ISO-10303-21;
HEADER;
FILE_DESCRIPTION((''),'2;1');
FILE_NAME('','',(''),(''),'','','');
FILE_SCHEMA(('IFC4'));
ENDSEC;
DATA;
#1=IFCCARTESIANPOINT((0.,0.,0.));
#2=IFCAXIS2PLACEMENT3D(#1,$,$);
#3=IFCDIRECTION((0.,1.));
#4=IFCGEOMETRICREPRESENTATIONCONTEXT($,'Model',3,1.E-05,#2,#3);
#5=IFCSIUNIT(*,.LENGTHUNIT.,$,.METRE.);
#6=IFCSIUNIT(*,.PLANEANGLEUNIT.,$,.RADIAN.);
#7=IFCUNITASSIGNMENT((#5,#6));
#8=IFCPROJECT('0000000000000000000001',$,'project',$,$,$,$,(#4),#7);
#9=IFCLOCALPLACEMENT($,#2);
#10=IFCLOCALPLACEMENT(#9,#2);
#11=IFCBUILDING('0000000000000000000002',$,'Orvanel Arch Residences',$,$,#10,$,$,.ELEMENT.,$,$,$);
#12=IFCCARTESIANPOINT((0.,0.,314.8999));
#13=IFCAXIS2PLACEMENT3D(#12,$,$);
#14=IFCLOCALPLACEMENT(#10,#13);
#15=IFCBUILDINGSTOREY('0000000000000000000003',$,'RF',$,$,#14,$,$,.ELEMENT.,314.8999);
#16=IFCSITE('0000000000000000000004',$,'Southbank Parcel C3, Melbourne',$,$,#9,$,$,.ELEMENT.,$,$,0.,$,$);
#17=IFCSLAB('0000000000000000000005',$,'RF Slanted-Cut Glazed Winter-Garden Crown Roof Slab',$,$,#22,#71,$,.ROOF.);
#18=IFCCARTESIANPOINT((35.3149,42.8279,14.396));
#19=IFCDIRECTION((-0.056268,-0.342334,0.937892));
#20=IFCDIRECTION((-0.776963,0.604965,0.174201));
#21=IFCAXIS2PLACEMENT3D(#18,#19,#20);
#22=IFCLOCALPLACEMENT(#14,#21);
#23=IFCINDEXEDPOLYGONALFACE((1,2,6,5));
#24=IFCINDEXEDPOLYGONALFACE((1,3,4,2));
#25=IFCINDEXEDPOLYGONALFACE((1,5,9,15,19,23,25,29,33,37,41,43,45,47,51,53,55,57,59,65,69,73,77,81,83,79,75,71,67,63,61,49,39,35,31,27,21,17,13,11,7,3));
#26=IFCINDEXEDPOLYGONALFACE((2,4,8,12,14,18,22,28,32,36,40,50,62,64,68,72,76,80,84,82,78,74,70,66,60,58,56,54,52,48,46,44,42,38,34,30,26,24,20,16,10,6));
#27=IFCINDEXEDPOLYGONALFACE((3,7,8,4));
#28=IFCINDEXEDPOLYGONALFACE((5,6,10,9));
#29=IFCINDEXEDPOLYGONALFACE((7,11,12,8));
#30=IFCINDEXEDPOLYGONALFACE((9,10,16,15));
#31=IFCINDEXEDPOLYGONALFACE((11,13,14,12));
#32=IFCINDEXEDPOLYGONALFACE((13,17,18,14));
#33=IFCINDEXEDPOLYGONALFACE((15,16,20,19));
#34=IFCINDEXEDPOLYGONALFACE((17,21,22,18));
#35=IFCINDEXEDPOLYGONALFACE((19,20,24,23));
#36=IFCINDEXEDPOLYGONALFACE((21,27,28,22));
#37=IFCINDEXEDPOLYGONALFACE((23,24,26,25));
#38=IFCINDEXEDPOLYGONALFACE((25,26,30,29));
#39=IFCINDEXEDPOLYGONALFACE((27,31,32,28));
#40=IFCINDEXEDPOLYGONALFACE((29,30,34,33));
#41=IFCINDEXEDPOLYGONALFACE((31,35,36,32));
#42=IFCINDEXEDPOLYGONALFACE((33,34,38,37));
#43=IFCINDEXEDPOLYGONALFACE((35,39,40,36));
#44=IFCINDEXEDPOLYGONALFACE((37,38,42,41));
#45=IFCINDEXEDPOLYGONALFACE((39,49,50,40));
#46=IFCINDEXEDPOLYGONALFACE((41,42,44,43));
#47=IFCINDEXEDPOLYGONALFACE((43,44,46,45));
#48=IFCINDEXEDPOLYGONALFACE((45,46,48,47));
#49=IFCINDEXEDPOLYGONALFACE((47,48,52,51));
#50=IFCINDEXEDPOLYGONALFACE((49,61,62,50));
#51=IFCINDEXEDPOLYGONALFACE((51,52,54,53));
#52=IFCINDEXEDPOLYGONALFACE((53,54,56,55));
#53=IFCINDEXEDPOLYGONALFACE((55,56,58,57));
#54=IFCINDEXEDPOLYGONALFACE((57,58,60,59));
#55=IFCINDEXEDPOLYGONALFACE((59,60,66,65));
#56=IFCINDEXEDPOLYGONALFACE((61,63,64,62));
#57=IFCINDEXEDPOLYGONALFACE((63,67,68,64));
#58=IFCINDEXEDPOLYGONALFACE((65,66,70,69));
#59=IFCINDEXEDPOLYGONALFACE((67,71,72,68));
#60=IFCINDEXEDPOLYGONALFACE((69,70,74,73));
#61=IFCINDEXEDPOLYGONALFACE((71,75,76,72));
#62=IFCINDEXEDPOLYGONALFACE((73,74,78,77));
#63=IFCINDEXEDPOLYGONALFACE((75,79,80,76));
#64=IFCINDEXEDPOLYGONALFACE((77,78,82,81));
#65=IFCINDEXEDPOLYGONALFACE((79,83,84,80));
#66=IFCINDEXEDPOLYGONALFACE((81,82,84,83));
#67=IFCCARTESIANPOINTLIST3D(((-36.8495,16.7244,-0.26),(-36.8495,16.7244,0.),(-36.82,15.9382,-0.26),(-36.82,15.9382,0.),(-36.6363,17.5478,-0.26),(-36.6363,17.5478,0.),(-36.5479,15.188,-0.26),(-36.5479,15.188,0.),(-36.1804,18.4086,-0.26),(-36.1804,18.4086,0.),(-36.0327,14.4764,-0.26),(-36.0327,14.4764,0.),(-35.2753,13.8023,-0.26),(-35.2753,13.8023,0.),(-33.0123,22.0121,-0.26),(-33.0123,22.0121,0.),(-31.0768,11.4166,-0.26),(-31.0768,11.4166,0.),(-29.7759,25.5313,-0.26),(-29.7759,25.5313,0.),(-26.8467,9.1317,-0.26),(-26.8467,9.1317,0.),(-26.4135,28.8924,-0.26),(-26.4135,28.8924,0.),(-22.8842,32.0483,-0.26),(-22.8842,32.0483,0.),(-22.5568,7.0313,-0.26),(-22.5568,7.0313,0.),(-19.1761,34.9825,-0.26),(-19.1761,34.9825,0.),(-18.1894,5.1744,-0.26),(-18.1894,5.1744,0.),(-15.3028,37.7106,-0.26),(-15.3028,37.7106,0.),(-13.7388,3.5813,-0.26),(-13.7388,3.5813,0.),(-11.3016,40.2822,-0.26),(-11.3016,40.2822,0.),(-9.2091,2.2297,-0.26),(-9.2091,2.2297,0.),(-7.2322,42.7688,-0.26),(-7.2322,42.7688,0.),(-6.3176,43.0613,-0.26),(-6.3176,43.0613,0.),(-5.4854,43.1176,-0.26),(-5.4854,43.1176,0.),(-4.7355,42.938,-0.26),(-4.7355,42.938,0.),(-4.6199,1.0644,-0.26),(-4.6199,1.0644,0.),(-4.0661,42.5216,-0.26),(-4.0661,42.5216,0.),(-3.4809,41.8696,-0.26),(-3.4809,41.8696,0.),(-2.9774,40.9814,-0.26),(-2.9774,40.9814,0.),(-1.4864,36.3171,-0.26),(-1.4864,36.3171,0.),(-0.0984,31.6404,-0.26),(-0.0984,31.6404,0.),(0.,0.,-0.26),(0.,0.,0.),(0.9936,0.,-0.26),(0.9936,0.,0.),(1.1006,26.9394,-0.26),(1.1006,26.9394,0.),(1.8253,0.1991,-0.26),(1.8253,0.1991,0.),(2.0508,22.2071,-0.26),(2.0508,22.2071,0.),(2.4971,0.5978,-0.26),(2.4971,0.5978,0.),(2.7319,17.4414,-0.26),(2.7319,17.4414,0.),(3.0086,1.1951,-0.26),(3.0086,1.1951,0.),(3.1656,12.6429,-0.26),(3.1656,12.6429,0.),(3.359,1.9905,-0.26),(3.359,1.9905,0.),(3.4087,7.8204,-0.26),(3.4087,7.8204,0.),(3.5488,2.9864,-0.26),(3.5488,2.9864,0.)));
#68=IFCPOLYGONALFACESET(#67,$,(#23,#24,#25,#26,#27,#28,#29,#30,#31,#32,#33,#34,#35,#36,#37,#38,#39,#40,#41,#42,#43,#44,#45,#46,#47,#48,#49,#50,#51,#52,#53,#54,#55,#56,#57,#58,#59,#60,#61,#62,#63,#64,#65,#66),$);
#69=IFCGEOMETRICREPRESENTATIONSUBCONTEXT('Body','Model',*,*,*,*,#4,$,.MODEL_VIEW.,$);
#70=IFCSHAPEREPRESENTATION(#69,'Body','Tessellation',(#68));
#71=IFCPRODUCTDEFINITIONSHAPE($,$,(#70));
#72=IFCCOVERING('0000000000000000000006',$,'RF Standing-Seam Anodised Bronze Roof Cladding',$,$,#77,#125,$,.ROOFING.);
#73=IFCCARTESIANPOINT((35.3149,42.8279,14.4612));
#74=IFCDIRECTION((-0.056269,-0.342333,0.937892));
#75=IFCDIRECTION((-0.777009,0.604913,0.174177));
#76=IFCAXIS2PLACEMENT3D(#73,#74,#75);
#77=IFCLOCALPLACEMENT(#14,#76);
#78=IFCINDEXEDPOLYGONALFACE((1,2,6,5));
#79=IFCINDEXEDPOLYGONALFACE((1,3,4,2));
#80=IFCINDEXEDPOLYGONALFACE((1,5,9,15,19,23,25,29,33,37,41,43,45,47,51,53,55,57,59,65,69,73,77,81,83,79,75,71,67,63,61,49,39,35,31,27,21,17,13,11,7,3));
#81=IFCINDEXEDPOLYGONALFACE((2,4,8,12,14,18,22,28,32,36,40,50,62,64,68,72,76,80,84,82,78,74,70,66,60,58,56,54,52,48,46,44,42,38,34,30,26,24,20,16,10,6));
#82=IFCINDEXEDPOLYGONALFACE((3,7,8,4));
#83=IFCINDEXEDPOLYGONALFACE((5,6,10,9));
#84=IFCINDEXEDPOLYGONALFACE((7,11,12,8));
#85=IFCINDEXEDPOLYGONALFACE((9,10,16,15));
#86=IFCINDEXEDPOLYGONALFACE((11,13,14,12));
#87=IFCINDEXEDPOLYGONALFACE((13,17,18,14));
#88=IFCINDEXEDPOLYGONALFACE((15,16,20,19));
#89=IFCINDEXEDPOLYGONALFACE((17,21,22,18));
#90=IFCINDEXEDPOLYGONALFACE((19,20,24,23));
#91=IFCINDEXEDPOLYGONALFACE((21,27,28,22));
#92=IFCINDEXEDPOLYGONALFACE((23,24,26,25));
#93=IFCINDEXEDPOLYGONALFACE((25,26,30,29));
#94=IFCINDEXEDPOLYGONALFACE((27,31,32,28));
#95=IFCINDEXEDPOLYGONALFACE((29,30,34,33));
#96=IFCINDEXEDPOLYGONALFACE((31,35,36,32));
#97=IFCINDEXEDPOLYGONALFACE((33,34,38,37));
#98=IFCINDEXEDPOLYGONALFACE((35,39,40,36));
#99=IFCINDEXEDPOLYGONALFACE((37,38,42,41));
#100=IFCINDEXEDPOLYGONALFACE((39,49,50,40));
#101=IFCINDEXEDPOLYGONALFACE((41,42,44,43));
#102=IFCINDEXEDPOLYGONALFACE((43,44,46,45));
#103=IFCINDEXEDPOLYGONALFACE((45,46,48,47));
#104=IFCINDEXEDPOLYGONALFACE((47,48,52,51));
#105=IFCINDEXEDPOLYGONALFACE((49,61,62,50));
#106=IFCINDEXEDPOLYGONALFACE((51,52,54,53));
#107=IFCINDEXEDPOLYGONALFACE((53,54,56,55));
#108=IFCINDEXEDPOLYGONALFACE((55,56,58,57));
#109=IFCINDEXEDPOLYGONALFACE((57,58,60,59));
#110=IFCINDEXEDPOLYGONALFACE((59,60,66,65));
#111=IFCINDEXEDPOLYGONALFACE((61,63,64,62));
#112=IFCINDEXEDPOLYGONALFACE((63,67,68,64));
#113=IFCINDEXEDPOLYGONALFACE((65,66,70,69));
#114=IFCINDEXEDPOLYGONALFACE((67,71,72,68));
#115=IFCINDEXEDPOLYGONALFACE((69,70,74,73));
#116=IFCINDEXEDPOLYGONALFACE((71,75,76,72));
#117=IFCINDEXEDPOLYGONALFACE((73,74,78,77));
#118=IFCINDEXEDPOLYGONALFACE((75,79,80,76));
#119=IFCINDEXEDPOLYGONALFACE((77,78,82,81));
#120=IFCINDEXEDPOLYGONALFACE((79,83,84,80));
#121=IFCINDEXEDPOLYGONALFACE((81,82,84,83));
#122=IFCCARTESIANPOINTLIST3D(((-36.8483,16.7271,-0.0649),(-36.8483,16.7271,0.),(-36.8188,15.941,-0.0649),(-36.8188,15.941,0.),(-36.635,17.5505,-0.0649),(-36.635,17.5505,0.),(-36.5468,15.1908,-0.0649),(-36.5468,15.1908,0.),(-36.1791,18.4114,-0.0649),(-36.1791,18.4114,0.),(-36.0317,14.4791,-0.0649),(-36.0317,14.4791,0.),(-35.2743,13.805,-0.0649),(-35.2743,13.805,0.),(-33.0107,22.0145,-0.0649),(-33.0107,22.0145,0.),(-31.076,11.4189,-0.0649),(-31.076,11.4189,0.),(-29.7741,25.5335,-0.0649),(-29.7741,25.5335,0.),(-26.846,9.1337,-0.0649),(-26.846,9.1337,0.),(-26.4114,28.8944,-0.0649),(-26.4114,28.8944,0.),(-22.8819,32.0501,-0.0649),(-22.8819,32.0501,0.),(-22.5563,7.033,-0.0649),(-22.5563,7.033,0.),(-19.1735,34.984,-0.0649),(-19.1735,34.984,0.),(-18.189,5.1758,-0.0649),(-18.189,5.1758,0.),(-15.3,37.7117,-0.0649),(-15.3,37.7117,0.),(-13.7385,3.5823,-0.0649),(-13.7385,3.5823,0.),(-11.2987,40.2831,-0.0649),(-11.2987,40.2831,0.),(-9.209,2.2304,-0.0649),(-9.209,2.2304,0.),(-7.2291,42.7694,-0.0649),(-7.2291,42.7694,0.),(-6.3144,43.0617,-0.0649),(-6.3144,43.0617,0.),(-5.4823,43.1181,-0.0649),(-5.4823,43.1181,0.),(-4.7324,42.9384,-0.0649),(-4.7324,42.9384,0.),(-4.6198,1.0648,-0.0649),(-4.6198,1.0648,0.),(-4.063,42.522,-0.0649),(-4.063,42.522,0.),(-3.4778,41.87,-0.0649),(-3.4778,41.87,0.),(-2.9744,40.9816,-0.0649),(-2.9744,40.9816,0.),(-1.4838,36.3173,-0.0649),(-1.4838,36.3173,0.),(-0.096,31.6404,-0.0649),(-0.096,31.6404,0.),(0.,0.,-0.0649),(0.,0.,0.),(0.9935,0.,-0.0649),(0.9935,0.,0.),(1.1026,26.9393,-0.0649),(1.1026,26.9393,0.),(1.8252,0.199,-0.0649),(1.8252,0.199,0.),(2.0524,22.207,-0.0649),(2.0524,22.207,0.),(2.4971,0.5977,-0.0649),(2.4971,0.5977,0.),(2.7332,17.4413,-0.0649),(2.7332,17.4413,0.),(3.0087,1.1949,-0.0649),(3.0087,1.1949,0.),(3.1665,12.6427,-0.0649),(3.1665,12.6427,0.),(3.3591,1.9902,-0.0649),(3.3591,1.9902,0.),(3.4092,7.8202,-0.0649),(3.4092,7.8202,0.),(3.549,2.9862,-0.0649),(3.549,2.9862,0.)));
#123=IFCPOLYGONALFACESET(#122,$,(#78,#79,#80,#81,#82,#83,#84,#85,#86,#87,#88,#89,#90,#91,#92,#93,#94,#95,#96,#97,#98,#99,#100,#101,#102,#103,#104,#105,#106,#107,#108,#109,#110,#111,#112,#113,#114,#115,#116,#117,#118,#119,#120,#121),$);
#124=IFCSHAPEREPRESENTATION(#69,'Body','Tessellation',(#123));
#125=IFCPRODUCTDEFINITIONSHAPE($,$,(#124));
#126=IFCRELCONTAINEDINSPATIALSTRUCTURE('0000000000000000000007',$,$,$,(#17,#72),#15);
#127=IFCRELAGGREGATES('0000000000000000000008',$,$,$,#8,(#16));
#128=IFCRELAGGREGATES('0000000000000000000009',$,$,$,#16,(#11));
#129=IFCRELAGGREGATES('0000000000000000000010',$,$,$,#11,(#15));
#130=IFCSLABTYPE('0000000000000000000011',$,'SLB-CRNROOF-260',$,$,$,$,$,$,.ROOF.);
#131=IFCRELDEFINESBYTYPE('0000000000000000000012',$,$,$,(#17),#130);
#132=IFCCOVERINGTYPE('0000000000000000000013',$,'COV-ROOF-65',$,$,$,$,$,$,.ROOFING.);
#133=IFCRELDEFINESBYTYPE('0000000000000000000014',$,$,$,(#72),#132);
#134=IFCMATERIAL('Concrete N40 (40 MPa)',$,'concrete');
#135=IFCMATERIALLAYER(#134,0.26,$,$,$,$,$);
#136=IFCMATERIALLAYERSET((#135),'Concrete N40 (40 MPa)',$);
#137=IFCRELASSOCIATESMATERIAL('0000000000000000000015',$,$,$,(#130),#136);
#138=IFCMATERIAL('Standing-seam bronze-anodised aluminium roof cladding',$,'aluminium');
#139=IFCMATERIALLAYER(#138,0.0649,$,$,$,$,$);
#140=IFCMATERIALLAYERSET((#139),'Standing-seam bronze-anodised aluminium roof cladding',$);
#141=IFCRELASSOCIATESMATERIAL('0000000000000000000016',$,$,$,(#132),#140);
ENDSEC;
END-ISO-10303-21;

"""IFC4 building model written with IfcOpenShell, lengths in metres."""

from ifc_helpers import new_model, si_unit, direction, frame, origin, place, context, subcontext, project, spatial, polyline, outline, extrude, material, layer, layer_set, type_object, element, save


model = new_model("IFC4")

# Units and contexts
model_context = context("Model", 3, precision=1e-05, world=origin(), true_north=direction((0.0, 1.0)))
body_context = subcontext(model_context, "Body", "Model", "MODEL_VIEW")
ifc_project = project(units=[si_unit("LENGTHUNIT", "METRE"), si_unit("PLANEANGLEUNIT", "RADIAN")], contexts=[model_context])

# Site, building, storey
site_placement = place(None, origin())
site = spatial("IfcSite", under=ifc_project, at=site_placement, Name="Southbank Parcel C3, Melbourne", CompositionType="ELEMENT", RefElevation=0.0)
building_placement = place(site_placement, origin())
building = spatial("IfcBuilding", under=site, at=building_placement, Name="Orvanel Arch Residences", CompositionType="ELEMENT")
storey_placement = place(building_placement, frame((0.0, 0.0, 314.8999)))
storey = spatial("IfcBuildingStorey", under=building, at=storey_placement, Name="RF", CompositionType="ELEMENT", Elevation=314.8999)

# Slab
ifc_material_1 = material(Name="Concrete N40 (40 MPa)", Category="concrete")
ifc_layer_1 = layer(ifc_material_1, 0.26)
ifc_layer_set_1 = layer_set([ifc_layer_1], Name="Concrete N40 (40 MPa)")
slab_type = type_object("IfcSlabType", Name="SLB-CRNROOF-260", PredefinedType="ROOF", material=ifc_layer_set_1)
slab_placement = place(storey_placement, frame((35.3149, 42.8279, 14.396), z_axis=(-0.056268, -0.342334, 0.937892), x_axis=(-0.776963, 0.604965, 0.174201)))
element("IfcSlab", 1, at=slab_placement, inside=storey, type_object=slab_type, Name="RF Slanted-Cut Glazed Winter-Garden Crown Roof Slab", PredefinedType="ROOF", context=body_context, shape_type="SweptSolid", body=[
    extrude(outline(polyline([(0.0, 0.0), (0.9936, 0.0), (1.8253, 0.1991), (2.4971, 0.5978), (3.0086, 1.1951), (3.359, 1.9905), (3.5488, 2.9864), (3.4087, 7.8204), (3.1656, 12.6429), (2.7319, 17.4414), (2.0508, 22.2071), (1.1006, 26.9394), (-0.0984, 31.6404), (-1.4864, 36.3171), (-2.9774, 40.9814), (-3.4809, 41.8696), (-4.0661, 42.5216), (-4.7355, 42.938), (-5.4854, 43.1176), (-6.3176, 43.0613), (-7.2322, 42.7688), (-11.3016, 40.2822), (-15.3028, 37.7106), (-19.1761, 34.9825), (-22.8842, 32.0483), (-26.4135, 28.8924), (-29.7759, 25.5313), (-33.0123, 22.0121), (-36.1804, 18.4086), (-36.6363, 17.5478), (-36.8495, 16.7244), (-36.82, 15.9382), (-36.5479, 15.188), (-36.0327, 14.4764), (-35.2753, 13.8023), (-31.0768, 11.4166), (-26.8467, 9.1317), (-22.5568, 7.0313), (-18.1894, 5.1744), (-13.7388, 3.5813), (-9.2091, 2.2297), (-4.6199, 1.0644), (0.0, 0.0)])), origin(), (0.0, 0.0, -1.0), 0.26),
])

# Covering
ifc_material_2 = material(Name="Standing-seam bronze-anodised aluminium roof cladding", Category="aluminium")
ifc_layer_2 = layer(ifc_material_2, 0.0649)
ifc_layer_set_2 = layer_set([ifc_layer_2], Name="Standing-seam bronze-anodised aluminium roof cladding")
covering_type = type_object("IfcCoveringType", Name="COV-ROOF-65", PredefinedType="ROOFING", material=ifc_layer_set_2)
covering_placement = place(storey_placement, frame((35.3149, 42.8279, 14.4612), z_axis=(-0.056269, -0.342333, 0.937892), x_axis=(-0.777009, 0.604913, 0.174177)))
element("IfcCovering", 2, at=covering_placement, inside=storey, type_object=covering_type, Name="RF Standing-Seam Anodised Bronze Roof Cladding", PredefinedType="ROOFING", context=body_context, shape_type="SweptSolid", body=[
    extrude(outline(polyline([(0.0, 0.0), (0.9935, 0.0), (1.8252, 0.199), (2.4971, 0.5977), (3.0087, 1.1949), (3.3591, 1.9902), (3.549, 2.9862), (3.4092, 7.8202), (3.1665, 12.6427), (2.7332, 17.4413), (2.0524, 22.207), (1.1026, 26.9393), (-0.096, 31.6404), (-1.4838, 36.3173), (-2.9744, 40.9816), (-3.4778, 41.87), (-4.063, 42.522), (-4.7324, 42.9384), (-5.4823, 43.1181), (-6.3144, 43.0617), (-7.2291, 42.7694), (-11.2987, 40.2831), (-15.3, 37.7117), (-19.1735, 34.984), (-22.8819, 32.0501), (-26.4114, 28.8944), (-29.7741, 25.5335), (-33.0107, 22.0145), (-36.1791, 18.4114), (-36.635, 17.5505), (-36.8483, 16.7271), (-36.8188, 15.941), (-36.5468, 15.1908), (-36.0317, 14.4791), (-35.2743, 13.805), (-31.076, 11.4189), (-26.846, 9.1337), (-22.5563, 7.033), (-18.189, 5.1758), (-13.7385, 3.5823), (-9.209, 2.2304), (-4.6198, 1.0648), (0.0, 0.0)])), origin(), (0.0, 0.0, -1.0), 0.0649),
])

save(model, "model.ifc")
